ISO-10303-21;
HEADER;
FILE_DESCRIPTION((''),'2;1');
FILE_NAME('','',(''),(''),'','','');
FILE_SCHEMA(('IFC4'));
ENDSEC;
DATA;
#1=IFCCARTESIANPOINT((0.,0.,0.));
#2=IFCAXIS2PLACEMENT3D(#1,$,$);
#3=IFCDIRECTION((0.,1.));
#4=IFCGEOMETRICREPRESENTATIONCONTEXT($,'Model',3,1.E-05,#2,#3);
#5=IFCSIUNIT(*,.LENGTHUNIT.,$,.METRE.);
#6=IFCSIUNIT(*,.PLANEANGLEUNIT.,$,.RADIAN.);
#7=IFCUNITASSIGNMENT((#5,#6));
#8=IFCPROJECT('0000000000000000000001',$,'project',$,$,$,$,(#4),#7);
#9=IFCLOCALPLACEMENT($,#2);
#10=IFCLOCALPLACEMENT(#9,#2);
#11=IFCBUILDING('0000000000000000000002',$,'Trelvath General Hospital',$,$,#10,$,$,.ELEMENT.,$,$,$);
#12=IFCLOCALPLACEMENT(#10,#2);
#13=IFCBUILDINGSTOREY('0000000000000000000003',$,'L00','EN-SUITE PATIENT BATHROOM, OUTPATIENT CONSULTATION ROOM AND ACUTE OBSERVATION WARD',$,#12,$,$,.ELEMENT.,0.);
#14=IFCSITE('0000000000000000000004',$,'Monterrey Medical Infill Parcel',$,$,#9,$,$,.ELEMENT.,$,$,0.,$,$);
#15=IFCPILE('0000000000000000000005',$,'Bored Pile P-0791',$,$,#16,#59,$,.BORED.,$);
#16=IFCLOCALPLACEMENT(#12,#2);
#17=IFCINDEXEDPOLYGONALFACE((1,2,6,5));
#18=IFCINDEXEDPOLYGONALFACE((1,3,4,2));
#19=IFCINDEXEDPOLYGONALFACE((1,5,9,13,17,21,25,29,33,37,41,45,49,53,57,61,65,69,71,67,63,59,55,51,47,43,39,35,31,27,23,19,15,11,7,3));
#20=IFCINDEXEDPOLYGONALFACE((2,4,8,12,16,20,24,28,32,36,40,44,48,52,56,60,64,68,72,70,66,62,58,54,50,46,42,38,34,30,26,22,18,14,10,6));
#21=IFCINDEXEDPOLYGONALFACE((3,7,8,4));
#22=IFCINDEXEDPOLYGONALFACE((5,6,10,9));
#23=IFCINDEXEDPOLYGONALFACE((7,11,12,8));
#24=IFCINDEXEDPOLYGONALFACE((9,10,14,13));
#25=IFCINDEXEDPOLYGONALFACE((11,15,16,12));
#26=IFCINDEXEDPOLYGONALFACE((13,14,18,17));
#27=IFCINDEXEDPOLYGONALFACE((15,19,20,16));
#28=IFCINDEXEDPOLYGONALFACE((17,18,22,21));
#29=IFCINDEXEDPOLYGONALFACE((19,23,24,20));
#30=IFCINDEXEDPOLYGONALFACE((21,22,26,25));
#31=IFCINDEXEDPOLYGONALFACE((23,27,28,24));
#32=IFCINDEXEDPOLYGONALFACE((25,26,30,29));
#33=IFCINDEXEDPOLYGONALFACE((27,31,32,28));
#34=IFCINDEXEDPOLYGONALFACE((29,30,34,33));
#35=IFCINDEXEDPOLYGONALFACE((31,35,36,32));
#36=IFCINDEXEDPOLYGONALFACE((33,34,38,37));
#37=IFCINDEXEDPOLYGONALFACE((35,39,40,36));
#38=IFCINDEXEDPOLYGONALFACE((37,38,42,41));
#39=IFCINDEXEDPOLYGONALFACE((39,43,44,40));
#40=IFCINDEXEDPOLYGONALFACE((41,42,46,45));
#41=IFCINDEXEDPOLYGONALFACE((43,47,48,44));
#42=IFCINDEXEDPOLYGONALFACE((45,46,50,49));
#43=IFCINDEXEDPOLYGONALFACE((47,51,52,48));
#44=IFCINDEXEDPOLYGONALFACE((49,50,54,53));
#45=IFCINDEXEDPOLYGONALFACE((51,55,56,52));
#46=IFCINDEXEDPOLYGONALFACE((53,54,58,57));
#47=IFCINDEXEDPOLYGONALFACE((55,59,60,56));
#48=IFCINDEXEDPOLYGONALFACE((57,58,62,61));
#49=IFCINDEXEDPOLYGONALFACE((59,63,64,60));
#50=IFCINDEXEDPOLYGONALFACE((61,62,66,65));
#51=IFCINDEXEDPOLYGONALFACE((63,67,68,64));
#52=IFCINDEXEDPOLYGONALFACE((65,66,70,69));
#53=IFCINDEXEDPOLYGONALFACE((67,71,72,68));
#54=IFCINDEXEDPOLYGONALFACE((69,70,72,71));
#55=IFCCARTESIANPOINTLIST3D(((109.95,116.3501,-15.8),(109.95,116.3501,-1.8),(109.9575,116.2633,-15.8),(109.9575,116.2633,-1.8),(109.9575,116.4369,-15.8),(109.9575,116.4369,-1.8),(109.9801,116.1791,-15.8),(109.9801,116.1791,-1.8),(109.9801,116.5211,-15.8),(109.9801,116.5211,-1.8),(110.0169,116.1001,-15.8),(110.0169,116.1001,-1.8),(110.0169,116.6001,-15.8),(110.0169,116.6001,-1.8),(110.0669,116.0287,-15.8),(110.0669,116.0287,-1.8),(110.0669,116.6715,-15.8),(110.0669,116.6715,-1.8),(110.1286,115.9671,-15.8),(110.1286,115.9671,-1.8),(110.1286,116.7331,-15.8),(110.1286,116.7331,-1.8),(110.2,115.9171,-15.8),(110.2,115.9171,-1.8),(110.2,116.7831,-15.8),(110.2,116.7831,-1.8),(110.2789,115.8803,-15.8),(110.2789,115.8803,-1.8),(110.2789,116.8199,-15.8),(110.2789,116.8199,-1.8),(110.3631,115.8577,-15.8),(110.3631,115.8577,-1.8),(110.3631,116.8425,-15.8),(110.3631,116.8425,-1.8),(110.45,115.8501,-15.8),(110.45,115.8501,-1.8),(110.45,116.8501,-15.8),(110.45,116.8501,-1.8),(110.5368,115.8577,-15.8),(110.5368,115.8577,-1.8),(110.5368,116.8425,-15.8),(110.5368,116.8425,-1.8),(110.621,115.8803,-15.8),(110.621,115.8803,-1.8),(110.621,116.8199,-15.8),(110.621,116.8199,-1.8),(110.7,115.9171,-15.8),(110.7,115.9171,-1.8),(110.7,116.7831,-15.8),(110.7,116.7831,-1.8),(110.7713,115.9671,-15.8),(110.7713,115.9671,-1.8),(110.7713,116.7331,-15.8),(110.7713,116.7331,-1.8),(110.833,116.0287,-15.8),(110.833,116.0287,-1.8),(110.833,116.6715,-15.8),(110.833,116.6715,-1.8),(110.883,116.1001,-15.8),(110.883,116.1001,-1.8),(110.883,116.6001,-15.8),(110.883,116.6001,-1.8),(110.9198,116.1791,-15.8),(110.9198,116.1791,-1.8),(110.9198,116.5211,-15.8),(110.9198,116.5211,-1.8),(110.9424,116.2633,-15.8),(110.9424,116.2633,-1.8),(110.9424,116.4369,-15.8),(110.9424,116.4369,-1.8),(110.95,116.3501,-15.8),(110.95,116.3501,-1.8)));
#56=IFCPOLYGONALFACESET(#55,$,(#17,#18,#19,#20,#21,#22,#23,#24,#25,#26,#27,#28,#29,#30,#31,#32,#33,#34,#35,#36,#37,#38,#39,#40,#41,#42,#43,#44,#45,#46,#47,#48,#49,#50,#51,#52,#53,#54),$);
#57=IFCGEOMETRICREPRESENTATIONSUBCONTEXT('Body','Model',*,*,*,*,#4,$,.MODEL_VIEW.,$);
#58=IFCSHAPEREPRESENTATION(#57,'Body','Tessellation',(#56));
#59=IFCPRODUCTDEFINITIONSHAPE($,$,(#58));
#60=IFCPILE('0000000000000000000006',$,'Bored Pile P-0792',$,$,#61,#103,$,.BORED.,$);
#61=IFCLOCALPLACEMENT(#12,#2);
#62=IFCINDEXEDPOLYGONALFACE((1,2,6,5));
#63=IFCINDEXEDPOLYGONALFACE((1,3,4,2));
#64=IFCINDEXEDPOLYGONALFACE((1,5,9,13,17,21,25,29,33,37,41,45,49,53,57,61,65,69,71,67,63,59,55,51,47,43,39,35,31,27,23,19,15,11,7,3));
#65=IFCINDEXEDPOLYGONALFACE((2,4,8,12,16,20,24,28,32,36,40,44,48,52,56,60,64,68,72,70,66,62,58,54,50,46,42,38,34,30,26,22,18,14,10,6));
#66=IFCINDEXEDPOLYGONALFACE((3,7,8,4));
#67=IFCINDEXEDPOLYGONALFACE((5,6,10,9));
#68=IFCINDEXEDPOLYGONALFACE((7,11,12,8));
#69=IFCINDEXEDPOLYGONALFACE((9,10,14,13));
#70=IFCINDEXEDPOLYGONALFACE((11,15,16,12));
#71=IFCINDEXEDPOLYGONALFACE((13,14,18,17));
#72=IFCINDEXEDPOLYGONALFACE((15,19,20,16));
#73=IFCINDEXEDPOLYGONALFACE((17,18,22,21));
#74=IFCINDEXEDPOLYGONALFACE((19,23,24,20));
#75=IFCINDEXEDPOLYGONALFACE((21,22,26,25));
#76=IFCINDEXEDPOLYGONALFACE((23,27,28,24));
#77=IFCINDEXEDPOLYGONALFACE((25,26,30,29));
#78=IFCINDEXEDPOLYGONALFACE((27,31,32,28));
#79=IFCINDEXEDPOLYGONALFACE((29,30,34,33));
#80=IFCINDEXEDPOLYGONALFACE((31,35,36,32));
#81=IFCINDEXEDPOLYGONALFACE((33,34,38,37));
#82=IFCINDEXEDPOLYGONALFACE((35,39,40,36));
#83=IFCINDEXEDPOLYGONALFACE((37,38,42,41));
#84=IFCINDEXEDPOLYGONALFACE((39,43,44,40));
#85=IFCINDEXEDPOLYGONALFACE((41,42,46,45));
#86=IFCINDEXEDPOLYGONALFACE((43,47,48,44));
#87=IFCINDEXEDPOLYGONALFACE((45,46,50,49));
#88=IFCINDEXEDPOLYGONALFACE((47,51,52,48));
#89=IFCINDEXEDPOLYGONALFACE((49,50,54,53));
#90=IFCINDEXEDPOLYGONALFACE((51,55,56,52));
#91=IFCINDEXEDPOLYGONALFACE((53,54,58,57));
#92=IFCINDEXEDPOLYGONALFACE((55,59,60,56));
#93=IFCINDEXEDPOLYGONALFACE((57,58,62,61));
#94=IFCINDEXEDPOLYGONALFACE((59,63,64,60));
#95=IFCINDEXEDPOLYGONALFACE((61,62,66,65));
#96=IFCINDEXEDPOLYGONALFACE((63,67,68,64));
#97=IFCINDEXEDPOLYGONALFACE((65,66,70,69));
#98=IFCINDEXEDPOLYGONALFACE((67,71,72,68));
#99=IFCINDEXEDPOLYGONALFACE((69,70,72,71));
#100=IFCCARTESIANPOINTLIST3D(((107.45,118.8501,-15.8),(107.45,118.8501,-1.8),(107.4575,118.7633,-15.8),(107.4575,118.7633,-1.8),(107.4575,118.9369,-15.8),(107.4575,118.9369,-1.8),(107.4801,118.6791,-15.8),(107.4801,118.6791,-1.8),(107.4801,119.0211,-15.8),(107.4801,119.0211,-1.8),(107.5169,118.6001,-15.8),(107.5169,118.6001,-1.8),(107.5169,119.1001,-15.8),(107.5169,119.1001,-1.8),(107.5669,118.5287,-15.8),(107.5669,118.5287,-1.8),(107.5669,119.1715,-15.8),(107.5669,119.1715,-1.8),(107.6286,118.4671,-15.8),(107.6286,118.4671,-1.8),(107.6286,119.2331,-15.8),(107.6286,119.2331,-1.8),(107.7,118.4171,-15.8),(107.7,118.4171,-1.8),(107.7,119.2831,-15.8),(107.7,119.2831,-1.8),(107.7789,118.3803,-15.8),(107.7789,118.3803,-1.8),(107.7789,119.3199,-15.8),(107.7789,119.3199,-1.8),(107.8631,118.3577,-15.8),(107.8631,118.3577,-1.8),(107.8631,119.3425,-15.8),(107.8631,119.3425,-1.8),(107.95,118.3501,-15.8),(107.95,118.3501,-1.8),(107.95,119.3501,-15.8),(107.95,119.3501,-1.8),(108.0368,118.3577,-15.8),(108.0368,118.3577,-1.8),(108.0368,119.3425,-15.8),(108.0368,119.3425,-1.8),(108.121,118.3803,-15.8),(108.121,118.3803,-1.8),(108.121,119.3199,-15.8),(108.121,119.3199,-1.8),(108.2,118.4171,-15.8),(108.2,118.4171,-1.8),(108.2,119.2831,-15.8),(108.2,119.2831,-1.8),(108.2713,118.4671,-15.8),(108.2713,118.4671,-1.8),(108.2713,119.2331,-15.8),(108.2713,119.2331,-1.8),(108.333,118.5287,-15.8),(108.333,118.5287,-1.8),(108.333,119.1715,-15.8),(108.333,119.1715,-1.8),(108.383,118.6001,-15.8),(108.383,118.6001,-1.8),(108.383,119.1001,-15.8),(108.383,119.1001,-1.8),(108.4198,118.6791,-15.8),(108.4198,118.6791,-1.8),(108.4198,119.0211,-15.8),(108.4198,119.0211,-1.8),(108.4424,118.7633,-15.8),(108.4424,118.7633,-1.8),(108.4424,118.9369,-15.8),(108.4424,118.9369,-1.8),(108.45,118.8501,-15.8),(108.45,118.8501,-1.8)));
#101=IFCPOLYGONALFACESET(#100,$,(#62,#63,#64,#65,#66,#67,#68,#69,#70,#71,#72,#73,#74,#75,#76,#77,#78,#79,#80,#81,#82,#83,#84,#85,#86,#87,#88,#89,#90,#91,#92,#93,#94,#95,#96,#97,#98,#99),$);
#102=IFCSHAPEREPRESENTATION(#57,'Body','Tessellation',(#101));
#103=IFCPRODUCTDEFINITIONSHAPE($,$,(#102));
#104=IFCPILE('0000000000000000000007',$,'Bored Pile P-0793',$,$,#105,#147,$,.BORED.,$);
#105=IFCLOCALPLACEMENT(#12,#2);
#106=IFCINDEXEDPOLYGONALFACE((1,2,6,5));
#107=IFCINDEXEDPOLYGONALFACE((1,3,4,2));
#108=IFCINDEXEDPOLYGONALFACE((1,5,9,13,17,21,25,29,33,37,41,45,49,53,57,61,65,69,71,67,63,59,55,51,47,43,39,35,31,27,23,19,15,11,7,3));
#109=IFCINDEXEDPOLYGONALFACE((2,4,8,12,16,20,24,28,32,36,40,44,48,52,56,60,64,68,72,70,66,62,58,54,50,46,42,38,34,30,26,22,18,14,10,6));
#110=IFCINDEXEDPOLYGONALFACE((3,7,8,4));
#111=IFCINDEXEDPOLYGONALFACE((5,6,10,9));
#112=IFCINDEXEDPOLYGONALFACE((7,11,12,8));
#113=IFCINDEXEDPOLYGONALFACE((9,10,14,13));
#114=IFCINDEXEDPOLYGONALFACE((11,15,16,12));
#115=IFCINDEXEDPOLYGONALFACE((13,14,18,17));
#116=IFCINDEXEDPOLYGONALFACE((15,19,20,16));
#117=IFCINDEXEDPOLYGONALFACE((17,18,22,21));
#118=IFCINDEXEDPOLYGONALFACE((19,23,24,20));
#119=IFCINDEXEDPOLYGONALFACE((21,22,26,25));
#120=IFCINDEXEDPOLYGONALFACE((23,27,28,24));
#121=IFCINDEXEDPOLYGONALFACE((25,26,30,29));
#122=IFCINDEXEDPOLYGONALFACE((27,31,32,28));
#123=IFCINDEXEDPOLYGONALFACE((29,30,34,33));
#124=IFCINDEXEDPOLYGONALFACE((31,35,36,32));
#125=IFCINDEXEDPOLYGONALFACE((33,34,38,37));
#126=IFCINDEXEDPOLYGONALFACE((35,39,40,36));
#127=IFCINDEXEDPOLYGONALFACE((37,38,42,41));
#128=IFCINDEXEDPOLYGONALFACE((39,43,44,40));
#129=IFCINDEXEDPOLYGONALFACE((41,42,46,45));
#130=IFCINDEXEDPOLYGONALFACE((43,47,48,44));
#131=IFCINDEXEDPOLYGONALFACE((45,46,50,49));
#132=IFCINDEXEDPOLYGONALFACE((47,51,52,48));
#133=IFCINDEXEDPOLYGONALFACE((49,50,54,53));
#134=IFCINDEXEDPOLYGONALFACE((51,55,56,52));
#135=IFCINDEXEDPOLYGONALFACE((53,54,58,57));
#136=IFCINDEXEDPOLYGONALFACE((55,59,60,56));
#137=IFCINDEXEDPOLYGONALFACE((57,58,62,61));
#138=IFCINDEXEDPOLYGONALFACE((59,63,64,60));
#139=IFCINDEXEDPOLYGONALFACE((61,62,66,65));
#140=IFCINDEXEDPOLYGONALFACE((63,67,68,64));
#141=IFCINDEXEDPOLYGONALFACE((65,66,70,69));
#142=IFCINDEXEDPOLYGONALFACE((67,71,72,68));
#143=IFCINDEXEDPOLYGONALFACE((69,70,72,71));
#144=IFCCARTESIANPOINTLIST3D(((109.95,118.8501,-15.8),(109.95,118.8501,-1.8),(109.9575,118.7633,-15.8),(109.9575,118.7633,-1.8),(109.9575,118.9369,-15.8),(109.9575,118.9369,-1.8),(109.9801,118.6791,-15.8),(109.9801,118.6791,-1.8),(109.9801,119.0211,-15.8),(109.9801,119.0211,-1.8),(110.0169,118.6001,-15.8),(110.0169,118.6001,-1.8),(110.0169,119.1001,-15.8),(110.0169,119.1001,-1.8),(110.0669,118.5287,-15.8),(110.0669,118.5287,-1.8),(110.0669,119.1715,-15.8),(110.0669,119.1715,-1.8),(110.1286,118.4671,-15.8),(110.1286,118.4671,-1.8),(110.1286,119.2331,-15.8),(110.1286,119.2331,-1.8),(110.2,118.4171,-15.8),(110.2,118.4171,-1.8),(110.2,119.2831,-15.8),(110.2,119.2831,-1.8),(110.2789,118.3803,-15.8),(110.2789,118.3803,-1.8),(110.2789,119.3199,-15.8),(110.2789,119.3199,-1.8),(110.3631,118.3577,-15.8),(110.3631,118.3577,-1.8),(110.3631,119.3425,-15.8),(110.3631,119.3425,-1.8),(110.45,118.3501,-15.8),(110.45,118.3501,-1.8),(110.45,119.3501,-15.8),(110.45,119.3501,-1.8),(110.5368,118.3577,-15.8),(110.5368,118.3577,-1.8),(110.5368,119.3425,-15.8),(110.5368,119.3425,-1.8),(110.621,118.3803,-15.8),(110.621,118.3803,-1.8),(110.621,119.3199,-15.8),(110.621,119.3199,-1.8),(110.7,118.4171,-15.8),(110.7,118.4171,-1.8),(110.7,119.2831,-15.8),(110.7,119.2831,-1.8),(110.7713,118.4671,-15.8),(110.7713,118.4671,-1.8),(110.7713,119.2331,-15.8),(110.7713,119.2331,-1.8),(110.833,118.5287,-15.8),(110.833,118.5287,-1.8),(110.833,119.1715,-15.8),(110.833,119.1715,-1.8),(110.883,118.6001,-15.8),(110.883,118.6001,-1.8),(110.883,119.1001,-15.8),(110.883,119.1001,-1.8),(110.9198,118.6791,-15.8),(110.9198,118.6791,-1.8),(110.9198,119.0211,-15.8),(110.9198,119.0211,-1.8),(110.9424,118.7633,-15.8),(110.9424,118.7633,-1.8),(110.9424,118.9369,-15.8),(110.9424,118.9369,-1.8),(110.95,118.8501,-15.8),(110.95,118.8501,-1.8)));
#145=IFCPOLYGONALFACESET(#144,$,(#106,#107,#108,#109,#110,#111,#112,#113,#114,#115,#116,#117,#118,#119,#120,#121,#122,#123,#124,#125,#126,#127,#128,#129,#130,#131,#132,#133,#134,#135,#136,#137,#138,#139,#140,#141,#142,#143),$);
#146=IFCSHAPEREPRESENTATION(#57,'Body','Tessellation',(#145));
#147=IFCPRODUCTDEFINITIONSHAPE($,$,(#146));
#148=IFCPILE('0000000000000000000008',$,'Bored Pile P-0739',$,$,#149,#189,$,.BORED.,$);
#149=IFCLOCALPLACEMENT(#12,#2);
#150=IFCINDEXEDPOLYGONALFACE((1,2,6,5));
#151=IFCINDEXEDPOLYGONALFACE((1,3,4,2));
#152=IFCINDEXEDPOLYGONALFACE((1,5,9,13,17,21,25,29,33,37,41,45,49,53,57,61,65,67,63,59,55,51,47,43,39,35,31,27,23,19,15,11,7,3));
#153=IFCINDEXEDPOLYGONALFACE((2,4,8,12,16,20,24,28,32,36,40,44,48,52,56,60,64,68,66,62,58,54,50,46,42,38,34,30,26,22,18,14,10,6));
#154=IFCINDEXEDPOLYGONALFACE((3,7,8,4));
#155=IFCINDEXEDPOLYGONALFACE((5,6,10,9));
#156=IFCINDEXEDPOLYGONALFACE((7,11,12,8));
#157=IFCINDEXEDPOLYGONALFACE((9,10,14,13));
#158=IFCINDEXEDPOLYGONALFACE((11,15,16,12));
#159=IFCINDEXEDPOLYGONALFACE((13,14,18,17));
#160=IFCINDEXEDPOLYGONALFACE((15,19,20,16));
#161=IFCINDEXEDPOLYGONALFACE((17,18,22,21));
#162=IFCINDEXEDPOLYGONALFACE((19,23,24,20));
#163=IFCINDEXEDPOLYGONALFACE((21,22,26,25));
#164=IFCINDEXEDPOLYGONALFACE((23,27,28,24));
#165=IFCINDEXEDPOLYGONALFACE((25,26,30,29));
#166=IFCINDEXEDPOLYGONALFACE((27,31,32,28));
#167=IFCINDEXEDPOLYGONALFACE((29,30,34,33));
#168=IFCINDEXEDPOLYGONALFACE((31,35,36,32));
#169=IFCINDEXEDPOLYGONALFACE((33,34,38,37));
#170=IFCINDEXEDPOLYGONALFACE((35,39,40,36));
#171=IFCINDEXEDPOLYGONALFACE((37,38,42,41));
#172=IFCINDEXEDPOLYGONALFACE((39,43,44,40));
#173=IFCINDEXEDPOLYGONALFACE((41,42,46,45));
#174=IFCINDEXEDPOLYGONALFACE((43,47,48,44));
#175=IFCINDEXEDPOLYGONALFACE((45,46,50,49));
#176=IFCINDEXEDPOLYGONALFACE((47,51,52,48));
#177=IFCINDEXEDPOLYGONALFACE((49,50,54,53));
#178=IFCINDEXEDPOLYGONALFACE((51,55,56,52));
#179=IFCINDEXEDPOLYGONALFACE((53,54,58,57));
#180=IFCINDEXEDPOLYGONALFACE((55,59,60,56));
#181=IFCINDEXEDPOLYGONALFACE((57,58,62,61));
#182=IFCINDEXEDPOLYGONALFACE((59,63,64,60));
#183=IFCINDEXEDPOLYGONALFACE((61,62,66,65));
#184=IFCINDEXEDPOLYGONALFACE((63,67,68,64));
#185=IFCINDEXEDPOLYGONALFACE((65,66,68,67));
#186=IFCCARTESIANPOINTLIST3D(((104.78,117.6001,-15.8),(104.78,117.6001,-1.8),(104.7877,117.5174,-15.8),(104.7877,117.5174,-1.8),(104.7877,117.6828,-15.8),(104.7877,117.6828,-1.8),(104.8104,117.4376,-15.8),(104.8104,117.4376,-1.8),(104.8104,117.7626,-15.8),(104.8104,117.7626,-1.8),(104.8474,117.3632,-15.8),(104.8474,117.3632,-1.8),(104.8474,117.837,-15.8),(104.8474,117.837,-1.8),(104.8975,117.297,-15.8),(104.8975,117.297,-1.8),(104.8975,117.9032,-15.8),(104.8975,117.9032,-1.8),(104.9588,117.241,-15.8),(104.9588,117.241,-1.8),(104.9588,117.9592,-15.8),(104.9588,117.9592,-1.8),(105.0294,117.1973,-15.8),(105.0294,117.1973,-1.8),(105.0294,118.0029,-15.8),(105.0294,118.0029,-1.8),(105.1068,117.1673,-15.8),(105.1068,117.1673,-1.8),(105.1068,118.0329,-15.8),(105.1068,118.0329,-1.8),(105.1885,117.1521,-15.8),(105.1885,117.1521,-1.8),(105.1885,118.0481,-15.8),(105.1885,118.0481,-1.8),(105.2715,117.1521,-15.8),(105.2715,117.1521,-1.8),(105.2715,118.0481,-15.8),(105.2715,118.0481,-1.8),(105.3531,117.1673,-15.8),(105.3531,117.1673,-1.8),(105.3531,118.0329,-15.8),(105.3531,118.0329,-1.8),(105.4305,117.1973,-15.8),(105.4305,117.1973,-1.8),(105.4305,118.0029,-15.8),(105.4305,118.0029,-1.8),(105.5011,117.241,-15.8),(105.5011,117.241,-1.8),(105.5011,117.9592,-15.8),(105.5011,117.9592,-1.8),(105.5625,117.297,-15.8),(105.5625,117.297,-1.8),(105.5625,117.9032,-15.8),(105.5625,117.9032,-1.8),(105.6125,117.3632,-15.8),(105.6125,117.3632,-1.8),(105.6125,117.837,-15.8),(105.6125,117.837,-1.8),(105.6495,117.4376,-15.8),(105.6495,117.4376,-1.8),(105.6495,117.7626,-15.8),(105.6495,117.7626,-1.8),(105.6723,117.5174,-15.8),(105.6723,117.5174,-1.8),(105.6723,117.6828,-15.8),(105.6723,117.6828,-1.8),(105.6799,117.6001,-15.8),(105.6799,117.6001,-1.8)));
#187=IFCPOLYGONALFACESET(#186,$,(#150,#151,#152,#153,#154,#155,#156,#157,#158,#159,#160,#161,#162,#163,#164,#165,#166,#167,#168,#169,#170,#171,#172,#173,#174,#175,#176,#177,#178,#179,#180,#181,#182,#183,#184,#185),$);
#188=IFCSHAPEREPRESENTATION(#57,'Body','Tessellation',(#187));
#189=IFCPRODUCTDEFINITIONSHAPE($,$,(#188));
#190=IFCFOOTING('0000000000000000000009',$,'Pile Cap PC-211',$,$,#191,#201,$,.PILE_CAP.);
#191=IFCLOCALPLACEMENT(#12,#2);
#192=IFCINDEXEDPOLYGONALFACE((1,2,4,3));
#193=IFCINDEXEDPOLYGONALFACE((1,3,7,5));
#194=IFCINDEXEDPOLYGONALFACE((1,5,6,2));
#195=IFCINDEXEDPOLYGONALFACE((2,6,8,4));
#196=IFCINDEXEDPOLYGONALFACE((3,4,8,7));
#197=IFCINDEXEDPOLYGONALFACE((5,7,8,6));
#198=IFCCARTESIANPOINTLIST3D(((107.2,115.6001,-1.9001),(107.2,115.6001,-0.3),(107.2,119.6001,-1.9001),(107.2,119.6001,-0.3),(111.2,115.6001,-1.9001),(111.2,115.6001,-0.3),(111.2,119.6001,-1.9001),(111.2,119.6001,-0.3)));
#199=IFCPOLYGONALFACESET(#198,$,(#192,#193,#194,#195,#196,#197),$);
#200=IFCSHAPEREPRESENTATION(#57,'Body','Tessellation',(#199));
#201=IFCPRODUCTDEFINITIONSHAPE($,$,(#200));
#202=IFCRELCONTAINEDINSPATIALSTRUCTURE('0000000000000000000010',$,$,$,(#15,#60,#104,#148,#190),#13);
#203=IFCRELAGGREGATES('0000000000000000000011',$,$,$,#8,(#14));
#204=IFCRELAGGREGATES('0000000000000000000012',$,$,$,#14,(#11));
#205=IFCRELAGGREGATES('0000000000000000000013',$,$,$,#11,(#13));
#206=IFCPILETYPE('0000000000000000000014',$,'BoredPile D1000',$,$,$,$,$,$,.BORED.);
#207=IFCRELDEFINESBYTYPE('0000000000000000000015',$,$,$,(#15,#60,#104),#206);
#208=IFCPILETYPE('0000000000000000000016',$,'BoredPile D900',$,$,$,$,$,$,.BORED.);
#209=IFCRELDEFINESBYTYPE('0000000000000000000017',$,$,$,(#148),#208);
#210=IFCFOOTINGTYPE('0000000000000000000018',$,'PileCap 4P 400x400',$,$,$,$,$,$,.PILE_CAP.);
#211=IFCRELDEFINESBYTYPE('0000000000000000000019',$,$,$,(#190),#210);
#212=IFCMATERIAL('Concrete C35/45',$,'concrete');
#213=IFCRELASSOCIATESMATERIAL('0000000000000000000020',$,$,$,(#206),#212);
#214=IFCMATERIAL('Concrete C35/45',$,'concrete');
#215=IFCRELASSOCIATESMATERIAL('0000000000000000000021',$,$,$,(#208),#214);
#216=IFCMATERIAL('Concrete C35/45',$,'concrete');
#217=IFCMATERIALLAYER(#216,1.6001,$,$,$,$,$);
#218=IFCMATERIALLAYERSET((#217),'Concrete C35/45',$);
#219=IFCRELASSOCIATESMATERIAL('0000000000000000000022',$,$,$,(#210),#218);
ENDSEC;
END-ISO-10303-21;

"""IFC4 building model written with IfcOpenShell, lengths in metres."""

from ifc_helpers import new_model, si_unit, direction, frame, origin, origin_2d, place, context, subcontext, project, spatial, rectangle, circle, extrude, material, layer, layer_set, material_profile, profile_set, type_object, element, save


model = new_model("IFC4")

# Units and contexts
model_context = context("Model", 3, precision=1e-05, world=origin(), true_north=direction((0.0, 1.0)))
body_context = subcontext(model_context, "Body", "Model", "MODEL_VIEW")
ifc_project = project(units=[si_unit("LENGTHUNIT", "METRE"), si_unit("PLANEANGLEUNIT", "RADIAN")], contexts=[model_context])

# Site, building, storey
site_placement = place(None, origin())
site = spatial("IfcSite", under=ifc_project, at=site_placement, Name="Monterrey Medical Infill Parcel", CompositionType="ELEMENT", RefElevation=0.0)
building_placement = place(site_placement, origin())
building = spatial("IfcBuilding", under=site, at=building_placement, Name="Trelvath General Hospital", CompositionType="ELEMENT")
storey_placement = place(building_placement, origin())
storey = spatial("IfcBuildingStorey", under=building, at=storey_placement, Name="L00", Description="EN-SUITE PATIENT BATHROOM, OUTPATIENT CONSULTATION ROOM AND ACUTE OBSERVATION WARD", CompositionType="ELEMENT", Elevation=0.0)

# Piles
ifc_material_1 = material(Name="Concrete C35/45", Category="concrete")
ifc_material_profile_1 = material_profile(ifc_material_1, circle(Radius=0.5, at=origin_2d()), Name="PILE1000")
ifc_profile_set_1 = profile_set([ifc_material_profile_1], Name="Concrete C35/45")
pile_type_1 = type_object("IfcPileType", Name="BoredPile D1000", PredefinedType="BORED", material=ifc_profile_set_1)
for number, where, z_axis, x_axis, name in (
    (1, (110.45, 116.3501, -1.8), (0.0, 0.0, -1.0), (1.0, 0.0, 0.0), "Bored Pile P-0791"),
    (2, (107.95, 118.8501, -1.8), (0.0, 0.0, -1.0), (1.0, 0.0, 0.0), "Bored Pile P-0792"),
    (3, (110.45, 118.8501, -1.8), (0.0, 0.0, -1.0), (1.0, 0.0, 0.0), "Bored Pile P-0793"),
):
    element("IfcPile", number, at=place(storey_placement, frame(where, z_axis=z_axis, x_axis=x_axis)), inside=storey, type_object=pile_type_1, Name=name, PredefinedType="BORED", context=body_context, shape_type="SweptSolid", body=[
        extrude(circle(Radius=0.5, at=origin_2d()), origin(), (0.0, 0.0, 1.0), 14.0),
    ])
ifc_material_2 = material(Name="Concrete C35/45", Category="concrete")
ifc_material_profile_2 = material_profile(ifc_material_2, circle(Radius=0.45, at=origin_2d()), Name="PILE900")
ifc_profile_set_2 = profile_set([ifc_material_profile_2], Name="Concrete C35/45")
pile_type_2 = type_object("IfcPileType", Name="BoredPile D900", PredefinedType="BORED", material=ifc_profile_set_2)
pile_placement = place(storey_placement, frame((105.23, 117.6001, -1.8), z_axis=(0.0, 0.0, -1.0), x_axis=(1.0, 0.0, 0.0)))
element("IfcPile", 4, at=pile_placement, inside=storey, type_object=pile_type_2, Name="Bored Pile P-0739", PredefinedType="BORED", context=body_context, shape_type="SweptSolid", body=[
    extrude(circle(Radius=0.45, at=origin_2d()), origin(), (0.0, 0.0, 1.0), 14.0),
])

# Footing
ifc_material_3 = material(Name="Concrete C35/45", Category="concrete")
ifc_layer_1 = layer(ifc_material_3, 1.6001)
ifc_layer_set_1 = layer_set([ifc_layer_1], Name="Concrete C35/45")
footing_type_1 = type_object("IfcFootingType", Name="PileCap 4P 400x400", PredefinedType="PILE_CAP", material=ifc_layer_set_1)
footing_1_placement = place(storey_placement, frame((109.2, 117.6001, -1.9001), z_axis=(0.0, 0.0, 1.0), x_axis=(1.0, 0.0, 0.0)))
element("IfcFooting", 5, at=footing_1_placement, inside=storey, type_object=footing_type_1, Name="Pile Cap PC-211", PredefinedType="PILE_CAP", context=body_context, shape_type="SweptSolid", body=[
    extrude(rectangle(XDim=4.0, YDim=4.0, at=origin_2d()), origin(), (0.0, 0.0, 1.0), 1.6001),
])

save(model, "model.ifc")
